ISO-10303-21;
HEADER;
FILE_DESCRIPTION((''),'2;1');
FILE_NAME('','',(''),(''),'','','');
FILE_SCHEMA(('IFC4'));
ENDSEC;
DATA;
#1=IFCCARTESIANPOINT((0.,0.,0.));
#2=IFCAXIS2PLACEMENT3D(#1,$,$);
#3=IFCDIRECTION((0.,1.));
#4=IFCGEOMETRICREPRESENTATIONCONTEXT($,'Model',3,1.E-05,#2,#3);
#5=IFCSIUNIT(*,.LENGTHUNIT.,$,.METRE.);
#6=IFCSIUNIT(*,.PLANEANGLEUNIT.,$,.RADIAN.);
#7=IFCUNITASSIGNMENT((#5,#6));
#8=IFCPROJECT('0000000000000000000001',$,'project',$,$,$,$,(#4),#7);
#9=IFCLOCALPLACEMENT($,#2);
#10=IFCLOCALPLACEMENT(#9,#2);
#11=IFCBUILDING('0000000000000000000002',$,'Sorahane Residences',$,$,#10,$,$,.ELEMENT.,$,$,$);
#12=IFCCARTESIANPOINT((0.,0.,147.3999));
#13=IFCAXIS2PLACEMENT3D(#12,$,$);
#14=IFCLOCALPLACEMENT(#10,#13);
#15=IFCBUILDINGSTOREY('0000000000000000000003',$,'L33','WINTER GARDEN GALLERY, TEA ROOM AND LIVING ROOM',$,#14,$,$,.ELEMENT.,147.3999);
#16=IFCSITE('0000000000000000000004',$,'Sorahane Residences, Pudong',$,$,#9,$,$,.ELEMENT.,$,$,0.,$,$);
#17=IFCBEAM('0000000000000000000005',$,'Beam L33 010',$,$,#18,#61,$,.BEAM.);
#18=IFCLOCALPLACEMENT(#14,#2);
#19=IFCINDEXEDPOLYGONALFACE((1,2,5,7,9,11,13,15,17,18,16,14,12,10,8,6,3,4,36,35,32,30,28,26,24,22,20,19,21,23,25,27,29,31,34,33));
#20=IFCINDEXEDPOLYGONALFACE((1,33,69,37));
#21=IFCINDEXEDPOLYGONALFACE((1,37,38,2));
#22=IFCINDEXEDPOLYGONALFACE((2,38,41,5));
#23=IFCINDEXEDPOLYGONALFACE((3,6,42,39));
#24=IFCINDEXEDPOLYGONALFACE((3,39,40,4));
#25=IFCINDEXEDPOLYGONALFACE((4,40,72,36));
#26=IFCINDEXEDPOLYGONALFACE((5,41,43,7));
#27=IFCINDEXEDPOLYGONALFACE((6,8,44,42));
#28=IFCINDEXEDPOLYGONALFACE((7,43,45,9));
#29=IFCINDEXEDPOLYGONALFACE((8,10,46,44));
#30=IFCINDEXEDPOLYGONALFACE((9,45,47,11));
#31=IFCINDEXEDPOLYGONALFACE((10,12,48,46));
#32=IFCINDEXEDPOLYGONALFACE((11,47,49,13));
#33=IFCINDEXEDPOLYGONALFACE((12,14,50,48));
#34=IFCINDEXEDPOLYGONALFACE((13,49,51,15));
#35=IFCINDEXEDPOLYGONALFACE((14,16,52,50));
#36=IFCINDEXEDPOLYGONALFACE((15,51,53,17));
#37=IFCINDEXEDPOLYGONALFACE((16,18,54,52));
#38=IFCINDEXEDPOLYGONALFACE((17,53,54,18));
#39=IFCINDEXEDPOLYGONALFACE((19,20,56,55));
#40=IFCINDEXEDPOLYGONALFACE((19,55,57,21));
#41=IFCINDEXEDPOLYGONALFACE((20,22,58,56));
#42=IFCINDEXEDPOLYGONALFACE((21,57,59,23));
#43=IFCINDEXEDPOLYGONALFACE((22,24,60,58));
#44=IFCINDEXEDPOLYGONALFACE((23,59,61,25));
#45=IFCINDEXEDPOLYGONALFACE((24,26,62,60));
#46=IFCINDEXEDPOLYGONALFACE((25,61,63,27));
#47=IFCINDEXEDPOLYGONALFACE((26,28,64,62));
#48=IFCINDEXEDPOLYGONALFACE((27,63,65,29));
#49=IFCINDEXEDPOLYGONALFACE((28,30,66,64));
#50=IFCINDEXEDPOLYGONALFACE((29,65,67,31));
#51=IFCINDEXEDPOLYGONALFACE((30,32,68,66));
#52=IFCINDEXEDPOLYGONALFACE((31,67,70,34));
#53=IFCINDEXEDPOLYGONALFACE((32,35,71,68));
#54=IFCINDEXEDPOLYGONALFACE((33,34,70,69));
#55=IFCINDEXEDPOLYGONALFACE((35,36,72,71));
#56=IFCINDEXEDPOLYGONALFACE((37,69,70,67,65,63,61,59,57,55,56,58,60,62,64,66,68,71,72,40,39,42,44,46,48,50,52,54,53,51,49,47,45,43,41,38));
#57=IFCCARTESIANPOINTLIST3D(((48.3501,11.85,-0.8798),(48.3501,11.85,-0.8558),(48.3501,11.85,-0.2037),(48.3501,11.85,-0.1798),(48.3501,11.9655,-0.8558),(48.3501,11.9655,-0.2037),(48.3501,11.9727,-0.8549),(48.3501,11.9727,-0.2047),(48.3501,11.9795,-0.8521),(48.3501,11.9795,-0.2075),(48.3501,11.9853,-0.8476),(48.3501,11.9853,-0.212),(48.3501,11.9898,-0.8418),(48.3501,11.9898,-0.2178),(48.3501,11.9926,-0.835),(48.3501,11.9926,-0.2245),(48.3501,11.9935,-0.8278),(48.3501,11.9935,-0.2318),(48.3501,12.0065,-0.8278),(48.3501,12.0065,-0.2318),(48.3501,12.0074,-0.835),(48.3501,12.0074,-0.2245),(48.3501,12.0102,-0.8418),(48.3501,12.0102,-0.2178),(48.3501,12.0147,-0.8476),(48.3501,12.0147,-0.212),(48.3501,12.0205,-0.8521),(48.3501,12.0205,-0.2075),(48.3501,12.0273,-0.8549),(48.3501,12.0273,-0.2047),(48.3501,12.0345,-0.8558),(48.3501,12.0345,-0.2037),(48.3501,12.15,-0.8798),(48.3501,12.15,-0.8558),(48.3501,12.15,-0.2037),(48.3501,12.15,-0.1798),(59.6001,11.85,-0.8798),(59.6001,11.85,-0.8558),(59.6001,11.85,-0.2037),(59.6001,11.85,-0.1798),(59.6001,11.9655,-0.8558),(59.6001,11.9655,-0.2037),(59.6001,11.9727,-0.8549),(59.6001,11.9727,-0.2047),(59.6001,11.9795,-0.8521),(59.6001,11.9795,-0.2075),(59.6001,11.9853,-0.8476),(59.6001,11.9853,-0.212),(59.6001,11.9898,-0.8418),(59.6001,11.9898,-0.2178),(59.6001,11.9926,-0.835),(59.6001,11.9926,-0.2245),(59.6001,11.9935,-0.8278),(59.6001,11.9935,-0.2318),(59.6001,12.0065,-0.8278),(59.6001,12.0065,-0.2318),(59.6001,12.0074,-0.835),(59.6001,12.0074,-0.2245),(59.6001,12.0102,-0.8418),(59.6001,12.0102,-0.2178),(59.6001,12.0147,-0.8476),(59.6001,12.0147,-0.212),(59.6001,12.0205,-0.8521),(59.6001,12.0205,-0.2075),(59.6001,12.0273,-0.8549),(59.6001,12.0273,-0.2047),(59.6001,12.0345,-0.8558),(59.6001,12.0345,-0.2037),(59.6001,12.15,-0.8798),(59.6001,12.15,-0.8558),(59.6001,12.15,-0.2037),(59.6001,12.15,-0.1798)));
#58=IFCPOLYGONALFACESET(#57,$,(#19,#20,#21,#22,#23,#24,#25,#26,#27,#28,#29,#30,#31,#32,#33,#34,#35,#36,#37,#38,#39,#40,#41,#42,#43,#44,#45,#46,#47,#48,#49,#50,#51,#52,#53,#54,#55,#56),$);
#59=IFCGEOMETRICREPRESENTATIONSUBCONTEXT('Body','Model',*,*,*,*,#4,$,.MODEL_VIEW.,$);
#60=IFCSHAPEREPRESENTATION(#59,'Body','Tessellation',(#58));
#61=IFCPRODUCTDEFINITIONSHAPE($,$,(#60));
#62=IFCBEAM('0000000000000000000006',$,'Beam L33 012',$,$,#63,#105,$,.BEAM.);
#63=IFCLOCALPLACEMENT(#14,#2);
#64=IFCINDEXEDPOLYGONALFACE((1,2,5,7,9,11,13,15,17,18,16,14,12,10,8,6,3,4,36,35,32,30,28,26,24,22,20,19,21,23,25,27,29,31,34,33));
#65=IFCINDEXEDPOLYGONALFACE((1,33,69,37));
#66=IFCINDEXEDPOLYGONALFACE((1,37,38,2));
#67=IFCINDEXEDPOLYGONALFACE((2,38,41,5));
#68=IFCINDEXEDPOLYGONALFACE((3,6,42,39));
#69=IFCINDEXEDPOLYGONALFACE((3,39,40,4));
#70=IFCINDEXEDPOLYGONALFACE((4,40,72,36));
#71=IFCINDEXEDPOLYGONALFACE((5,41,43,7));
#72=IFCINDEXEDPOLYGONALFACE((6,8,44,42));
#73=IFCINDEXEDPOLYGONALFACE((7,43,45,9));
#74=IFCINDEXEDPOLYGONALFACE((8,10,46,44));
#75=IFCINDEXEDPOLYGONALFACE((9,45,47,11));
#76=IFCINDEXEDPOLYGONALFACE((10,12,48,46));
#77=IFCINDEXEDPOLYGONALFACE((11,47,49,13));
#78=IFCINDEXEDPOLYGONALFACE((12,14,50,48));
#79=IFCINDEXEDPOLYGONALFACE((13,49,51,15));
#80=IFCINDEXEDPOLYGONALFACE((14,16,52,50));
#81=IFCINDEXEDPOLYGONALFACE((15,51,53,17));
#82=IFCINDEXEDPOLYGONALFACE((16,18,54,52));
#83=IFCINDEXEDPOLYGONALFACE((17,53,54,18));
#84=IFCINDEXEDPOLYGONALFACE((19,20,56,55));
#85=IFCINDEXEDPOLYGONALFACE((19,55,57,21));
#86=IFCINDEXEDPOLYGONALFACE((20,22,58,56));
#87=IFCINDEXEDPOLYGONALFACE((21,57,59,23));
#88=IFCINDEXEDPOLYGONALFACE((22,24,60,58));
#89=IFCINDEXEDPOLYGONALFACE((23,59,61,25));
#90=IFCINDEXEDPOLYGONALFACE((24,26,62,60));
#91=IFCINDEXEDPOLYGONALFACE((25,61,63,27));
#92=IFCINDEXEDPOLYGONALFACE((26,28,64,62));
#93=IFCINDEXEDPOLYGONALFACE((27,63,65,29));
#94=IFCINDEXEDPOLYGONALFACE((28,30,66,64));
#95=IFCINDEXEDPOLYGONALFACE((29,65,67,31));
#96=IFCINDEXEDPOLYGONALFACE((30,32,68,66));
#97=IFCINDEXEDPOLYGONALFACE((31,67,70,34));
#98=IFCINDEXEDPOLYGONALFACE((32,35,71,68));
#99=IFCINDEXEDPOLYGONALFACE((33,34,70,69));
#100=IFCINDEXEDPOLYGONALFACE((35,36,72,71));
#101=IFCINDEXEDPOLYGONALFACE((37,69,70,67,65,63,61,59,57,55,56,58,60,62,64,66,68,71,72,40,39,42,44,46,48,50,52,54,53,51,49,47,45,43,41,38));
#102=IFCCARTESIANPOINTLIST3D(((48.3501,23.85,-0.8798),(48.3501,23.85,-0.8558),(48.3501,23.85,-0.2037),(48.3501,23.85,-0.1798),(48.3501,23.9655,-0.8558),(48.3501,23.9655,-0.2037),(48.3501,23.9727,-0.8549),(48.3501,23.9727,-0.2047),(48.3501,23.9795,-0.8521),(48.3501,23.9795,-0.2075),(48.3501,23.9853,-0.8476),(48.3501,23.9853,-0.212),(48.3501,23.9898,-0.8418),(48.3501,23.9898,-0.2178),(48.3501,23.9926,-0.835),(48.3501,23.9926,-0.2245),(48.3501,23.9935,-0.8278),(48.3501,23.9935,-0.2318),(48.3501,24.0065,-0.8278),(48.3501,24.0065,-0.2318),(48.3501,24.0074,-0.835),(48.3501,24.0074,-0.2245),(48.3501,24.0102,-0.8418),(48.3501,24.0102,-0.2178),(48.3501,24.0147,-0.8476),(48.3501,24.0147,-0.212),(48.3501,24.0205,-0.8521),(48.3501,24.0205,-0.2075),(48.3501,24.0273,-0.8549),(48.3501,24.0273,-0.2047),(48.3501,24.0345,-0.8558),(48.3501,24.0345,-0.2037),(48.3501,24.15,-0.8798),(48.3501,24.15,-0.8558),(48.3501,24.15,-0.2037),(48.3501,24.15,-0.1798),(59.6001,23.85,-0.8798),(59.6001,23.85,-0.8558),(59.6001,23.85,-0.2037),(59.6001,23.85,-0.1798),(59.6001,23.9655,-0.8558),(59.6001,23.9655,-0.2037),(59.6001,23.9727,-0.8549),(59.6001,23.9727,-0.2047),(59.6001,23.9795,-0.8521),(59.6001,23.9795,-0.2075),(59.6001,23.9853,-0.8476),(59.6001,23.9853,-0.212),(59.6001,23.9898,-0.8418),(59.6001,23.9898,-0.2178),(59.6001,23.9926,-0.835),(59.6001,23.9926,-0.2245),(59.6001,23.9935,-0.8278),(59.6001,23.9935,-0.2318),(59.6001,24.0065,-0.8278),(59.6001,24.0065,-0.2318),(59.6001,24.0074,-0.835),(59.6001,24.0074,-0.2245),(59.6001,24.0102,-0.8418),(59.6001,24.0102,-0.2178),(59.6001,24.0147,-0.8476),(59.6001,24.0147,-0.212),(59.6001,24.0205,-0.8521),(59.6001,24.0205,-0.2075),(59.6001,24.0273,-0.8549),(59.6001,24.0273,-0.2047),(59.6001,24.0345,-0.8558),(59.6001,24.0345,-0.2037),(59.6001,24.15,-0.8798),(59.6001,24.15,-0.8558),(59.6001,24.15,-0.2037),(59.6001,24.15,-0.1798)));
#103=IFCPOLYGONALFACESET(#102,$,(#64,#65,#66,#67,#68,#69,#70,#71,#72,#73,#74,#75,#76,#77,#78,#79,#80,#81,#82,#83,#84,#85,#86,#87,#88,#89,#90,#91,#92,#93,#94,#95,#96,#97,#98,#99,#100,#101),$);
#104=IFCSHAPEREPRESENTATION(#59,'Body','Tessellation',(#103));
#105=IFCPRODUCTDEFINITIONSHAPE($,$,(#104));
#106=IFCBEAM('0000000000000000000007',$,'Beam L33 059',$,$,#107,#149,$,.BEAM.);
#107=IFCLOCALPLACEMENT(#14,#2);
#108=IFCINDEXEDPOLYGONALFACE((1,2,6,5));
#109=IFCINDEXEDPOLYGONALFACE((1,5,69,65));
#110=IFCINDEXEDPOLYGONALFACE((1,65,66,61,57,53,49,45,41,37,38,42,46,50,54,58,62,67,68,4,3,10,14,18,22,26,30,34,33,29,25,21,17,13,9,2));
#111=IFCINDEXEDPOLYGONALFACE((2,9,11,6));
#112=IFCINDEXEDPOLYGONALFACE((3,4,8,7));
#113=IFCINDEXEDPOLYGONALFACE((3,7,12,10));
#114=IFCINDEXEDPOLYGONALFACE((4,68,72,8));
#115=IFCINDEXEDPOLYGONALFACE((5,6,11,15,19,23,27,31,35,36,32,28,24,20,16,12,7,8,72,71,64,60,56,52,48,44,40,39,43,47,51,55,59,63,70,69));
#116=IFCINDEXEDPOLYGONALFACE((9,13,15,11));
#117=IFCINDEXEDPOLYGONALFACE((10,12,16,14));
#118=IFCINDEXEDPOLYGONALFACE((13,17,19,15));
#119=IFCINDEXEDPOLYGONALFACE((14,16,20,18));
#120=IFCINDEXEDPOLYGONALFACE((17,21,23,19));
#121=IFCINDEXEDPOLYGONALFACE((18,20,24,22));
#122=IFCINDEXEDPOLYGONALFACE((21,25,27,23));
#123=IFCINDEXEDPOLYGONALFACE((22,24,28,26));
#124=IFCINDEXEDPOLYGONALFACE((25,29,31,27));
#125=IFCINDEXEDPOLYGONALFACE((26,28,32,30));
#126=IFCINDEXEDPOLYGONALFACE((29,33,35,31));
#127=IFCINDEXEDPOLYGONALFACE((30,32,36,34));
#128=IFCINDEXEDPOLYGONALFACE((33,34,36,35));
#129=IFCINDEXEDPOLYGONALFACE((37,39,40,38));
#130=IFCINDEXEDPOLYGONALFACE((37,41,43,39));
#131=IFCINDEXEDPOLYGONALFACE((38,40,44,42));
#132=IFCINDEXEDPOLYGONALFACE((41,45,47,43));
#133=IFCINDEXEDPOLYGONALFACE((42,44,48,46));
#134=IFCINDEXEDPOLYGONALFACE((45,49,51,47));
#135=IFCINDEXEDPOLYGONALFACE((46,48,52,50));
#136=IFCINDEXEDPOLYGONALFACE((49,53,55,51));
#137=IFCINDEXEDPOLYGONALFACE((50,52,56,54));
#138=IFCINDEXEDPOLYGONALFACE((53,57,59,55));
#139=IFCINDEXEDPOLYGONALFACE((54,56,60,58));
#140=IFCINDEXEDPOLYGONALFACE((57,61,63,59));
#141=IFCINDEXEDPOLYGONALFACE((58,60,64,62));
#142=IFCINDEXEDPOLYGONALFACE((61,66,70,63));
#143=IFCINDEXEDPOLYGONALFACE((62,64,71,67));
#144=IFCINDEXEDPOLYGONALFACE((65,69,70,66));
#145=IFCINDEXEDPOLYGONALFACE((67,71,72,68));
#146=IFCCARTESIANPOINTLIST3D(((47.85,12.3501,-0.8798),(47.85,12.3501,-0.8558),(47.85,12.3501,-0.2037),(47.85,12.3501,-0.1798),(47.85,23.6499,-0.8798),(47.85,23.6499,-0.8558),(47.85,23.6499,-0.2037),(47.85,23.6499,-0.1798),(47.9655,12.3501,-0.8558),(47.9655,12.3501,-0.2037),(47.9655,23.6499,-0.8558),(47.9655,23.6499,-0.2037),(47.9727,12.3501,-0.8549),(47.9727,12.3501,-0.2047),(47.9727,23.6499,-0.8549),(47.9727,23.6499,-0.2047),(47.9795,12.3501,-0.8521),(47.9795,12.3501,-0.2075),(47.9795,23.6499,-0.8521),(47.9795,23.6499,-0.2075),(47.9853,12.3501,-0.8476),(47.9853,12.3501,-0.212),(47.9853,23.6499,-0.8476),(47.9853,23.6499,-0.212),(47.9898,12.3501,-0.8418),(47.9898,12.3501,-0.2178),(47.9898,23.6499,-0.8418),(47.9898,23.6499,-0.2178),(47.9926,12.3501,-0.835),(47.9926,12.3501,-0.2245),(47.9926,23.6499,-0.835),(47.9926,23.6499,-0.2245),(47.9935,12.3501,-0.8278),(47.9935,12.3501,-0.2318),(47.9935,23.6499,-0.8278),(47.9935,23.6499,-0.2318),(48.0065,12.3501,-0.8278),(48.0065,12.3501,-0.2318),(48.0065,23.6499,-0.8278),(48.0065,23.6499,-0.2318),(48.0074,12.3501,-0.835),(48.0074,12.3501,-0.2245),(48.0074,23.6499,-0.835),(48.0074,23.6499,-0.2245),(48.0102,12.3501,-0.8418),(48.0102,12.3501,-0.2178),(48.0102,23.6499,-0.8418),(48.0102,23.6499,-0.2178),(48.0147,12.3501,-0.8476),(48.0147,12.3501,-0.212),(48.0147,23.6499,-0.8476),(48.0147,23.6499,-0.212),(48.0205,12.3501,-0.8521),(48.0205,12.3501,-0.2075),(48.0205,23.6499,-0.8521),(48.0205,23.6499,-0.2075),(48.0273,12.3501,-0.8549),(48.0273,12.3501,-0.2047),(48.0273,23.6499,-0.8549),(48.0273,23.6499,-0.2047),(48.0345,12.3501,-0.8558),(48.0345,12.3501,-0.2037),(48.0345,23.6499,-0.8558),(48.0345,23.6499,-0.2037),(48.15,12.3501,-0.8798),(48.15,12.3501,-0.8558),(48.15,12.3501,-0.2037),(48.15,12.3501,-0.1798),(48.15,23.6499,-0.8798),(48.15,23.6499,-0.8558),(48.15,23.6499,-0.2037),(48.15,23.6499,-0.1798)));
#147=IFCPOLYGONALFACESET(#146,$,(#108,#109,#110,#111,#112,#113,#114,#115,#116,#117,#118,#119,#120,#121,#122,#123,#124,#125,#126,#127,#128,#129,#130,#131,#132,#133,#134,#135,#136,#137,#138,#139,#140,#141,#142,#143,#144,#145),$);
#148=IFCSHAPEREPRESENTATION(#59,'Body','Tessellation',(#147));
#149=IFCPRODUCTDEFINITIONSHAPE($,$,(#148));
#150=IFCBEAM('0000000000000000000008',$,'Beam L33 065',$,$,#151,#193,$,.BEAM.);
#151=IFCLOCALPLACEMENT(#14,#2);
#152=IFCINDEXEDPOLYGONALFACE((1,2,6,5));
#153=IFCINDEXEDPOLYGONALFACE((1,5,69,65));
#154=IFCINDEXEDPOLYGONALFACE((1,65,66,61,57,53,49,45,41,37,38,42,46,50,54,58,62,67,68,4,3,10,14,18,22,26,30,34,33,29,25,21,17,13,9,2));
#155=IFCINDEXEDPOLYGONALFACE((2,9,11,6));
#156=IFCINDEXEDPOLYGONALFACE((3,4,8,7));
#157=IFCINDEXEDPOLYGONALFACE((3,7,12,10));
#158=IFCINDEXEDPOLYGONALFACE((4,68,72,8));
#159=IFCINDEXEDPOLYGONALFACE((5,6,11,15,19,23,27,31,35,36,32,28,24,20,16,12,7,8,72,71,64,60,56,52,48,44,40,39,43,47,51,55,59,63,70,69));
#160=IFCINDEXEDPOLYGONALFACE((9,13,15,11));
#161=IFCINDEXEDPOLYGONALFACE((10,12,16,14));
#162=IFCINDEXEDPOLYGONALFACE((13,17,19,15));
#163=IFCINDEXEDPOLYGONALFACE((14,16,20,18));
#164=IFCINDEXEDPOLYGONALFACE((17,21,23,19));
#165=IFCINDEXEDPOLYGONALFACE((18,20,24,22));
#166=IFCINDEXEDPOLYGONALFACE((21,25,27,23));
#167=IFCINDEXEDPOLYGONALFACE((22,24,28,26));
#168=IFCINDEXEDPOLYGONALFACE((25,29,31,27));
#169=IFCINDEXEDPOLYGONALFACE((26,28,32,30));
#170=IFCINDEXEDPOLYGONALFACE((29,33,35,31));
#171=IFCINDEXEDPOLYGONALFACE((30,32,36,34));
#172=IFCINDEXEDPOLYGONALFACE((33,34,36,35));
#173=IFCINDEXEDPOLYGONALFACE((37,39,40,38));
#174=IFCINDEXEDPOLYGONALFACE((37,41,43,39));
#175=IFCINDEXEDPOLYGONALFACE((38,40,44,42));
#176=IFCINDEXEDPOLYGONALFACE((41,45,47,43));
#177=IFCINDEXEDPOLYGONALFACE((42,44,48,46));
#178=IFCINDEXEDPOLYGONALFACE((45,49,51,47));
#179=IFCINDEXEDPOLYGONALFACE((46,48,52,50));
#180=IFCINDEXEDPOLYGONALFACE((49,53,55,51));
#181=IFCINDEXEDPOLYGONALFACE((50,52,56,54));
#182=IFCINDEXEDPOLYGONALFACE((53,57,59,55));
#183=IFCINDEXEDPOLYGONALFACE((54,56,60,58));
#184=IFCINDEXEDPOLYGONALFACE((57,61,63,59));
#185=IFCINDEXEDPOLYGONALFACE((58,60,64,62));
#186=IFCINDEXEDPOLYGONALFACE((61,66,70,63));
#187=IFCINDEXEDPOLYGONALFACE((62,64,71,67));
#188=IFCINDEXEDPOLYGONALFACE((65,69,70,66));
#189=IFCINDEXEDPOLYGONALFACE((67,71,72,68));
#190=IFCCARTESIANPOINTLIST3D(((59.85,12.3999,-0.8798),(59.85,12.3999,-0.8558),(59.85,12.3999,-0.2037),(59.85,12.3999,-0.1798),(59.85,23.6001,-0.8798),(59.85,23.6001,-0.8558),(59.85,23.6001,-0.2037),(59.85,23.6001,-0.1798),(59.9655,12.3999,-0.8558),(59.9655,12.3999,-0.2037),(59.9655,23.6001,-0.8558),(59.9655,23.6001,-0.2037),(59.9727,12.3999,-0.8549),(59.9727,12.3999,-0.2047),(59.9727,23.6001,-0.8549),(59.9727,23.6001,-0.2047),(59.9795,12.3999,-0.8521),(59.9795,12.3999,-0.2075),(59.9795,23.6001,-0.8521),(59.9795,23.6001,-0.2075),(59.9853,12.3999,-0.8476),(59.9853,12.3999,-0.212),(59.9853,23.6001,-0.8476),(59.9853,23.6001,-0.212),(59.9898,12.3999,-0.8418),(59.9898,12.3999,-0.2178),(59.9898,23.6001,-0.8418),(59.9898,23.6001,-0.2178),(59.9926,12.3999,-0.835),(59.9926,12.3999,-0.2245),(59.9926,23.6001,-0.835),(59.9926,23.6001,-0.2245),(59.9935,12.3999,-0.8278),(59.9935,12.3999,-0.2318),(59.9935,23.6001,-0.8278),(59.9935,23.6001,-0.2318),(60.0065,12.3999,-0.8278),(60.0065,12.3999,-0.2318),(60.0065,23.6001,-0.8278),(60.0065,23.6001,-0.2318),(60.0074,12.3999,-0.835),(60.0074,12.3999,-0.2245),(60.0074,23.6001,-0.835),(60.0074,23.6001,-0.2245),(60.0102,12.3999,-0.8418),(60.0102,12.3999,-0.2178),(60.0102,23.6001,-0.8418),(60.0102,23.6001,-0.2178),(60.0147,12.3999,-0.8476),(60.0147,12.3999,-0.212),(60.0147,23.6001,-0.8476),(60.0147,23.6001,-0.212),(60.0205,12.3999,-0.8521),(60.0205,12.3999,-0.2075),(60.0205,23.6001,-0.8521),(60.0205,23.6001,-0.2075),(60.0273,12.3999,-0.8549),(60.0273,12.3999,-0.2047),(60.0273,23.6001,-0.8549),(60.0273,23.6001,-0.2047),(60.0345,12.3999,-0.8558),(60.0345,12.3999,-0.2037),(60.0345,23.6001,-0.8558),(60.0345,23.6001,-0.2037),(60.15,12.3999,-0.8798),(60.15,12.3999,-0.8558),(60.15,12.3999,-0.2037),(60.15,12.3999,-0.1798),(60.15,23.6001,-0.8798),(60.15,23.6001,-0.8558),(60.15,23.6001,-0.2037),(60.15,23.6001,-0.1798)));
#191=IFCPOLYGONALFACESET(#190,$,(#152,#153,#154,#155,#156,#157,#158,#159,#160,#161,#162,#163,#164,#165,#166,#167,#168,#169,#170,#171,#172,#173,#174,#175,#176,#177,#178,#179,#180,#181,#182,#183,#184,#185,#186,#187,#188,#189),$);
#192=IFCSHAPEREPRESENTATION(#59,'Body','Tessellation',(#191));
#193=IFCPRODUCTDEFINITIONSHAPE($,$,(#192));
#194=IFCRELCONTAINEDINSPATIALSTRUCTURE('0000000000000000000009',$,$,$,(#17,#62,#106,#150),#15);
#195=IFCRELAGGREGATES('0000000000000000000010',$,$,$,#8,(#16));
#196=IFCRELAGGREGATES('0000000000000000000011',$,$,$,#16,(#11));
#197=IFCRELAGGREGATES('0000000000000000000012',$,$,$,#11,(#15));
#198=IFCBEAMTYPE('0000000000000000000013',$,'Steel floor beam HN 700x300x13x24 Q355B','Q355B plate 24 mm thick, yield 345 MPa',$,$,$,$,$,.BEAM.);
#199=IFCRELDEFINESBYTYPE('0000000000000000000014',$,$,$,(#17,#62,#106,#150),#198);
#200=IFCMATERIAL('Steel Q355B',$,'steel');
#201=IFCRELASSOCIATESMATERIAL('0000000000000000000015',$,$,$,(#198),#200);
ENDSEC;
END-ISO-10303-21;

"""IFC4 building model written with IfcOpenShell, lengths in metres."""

from ifc_helpers import new_model, si_unit, direction, frame, origin, origin_2d, place, context, subcontext, project, spatial, i_section, extrude, material, material_profile, profile_set, type_object, element, save


model = new_model("IFC4")

# Units and contexts
model_context = context("Model", 3, precision=1e-05, world=origin(), true_north=direction((0.0, 1.0)))
body_context = subcontext(model_context, "Body", "Model", "MODEL_VIEW")
ifc_project = project(units=[si_unit("LENGTHUNIT", "METRE"), si_unit("PLANEANGLEUNIT", "RADIAN")], contexts=[model_context])

# Site, building, storey
site_placement = place(None, origin())
site = spatial("IfcSite", under=ifc_project, at=site_placement, Name="Sorahane Residences, Pudong", CompositionType="ELEMENT", RefElevation=0.0)
building_placement = place(site_placement, origin())
building = spatial("IfcBuilding", under=site, at=building_placement, Name="Sorahane Residences", CompositionType="ELEMENT")
storey_placement = place(building_placement, frame((0.0, 0.0, 147.3999)))
storey = spatial("IfcBuildingStorey", under=building, at=storey_placement, Name="L33", Description="WINTER GARDEN GALLERY, TEA ROOM AND LIVING ROOM", CompositionType="ELEMENT", Elevation=147.3999)

# Beams
ifc_material_1 = material(Name="Steel Q355B", Category="steel")
ifc_material_profile_1 = material_profile(ifc_material_1, i_section(OverallWidth=0.3, OverallDepth=0.7, WebThickness=0.0129, FlangeThickness=0.0239, FilletRadius=0.0281, at=origin_2d()), Name="HN 700x300x13x24")
ifc_profile_set_1 = profile_set([ifc_material_profile_1], Name="Steel Q355B")
beam_type_1 = type_object("IfcBeamType", Name="Steel floor beam HN 700x300x13x24 Q355B", Description="Q355B plate 24 mm thick, yield 345 MPa", PredefinedType="BEAM", material=ifc_profile_set_1)
for number, where, z_axis, x_axis, name in (
    (1, (48.3501, 12.0, -0.5298), (1.0, 0.0, 0.0), (0.0, 1.0, 0.0), "Beam L33 010"),
    (2, (48.3501, 24.0, -0.5298), (1.0, 0.0, 0.0), (0.0, 1.0, 0.0), "Beam L33 012"),
):
    element("IfcBeam", number, at=place(storey_placement, frame(where, z_axis=z_axis, x_axis=x_axis)), inside=storey, type_object=beam_type_1, Name=name, PredefinedType="BEAM", context=body_context, shape_type="SweptSolid", body=[
        extrude(i_section(OverallWidth=0.3, OverallDepth=0.7, WebThickness=0.0129, FlangeThickness=0.0239, FilletRadius=0.0281, at=origin_2d()), origin(), (0.0, 0.0, 1.0), 11.25),
    ])
beam_1_placement = place(storey_placement, frame((48.0, 12.3501, -0.5298), z_axis=(0.0, 1.0, 0.0), x_axis=(-1.0, 0.0, 0.0)))
element("IfcBeam", 3, at=beam_1_placement, inside=storey, type_object=beam_type_1, Name="Beam L33 059", PredefinedType="BEAM", context=body_context, shape_type="SweptSolid", body=[
    extrude(i_section(OverallWidth=0.3, OverallDepth=0.7, WebThickness=0.0129, FlangeThickness=0.0239, FilletRadius=0.0281, at=origin_2d()), origin(), (0.0, 0.0, 1.0), 11.2998),
])
for number, where, z_axis, x_axis, name in (
    (4, (60.0, 12.3999, -0.5298), (0.0, 1.0, 0.0), (-1.0, 0.0, 0.0), "Beam L33 065"),
):
    element("IfcBeam", number, at=place(storey_placement, frame(where, z_axis=z_axis, x_axis=x_axis)), inside=storey, type_object=beam_type_1, Name=name, PredefinedType="BEAM", context=body_context, shape_type="SweptSolid", body=[
        extrude(i_section(OverallWidth=0.3, OverallDepth=0.7, WebThickness=0.0129, FlangeThickness=0.0239, FilletRadius=0.0281, at=origin_2d()), origin(), (0.0, 0.0, 1.0), 11.2002),
    ])

save(model, "model.ifc")
